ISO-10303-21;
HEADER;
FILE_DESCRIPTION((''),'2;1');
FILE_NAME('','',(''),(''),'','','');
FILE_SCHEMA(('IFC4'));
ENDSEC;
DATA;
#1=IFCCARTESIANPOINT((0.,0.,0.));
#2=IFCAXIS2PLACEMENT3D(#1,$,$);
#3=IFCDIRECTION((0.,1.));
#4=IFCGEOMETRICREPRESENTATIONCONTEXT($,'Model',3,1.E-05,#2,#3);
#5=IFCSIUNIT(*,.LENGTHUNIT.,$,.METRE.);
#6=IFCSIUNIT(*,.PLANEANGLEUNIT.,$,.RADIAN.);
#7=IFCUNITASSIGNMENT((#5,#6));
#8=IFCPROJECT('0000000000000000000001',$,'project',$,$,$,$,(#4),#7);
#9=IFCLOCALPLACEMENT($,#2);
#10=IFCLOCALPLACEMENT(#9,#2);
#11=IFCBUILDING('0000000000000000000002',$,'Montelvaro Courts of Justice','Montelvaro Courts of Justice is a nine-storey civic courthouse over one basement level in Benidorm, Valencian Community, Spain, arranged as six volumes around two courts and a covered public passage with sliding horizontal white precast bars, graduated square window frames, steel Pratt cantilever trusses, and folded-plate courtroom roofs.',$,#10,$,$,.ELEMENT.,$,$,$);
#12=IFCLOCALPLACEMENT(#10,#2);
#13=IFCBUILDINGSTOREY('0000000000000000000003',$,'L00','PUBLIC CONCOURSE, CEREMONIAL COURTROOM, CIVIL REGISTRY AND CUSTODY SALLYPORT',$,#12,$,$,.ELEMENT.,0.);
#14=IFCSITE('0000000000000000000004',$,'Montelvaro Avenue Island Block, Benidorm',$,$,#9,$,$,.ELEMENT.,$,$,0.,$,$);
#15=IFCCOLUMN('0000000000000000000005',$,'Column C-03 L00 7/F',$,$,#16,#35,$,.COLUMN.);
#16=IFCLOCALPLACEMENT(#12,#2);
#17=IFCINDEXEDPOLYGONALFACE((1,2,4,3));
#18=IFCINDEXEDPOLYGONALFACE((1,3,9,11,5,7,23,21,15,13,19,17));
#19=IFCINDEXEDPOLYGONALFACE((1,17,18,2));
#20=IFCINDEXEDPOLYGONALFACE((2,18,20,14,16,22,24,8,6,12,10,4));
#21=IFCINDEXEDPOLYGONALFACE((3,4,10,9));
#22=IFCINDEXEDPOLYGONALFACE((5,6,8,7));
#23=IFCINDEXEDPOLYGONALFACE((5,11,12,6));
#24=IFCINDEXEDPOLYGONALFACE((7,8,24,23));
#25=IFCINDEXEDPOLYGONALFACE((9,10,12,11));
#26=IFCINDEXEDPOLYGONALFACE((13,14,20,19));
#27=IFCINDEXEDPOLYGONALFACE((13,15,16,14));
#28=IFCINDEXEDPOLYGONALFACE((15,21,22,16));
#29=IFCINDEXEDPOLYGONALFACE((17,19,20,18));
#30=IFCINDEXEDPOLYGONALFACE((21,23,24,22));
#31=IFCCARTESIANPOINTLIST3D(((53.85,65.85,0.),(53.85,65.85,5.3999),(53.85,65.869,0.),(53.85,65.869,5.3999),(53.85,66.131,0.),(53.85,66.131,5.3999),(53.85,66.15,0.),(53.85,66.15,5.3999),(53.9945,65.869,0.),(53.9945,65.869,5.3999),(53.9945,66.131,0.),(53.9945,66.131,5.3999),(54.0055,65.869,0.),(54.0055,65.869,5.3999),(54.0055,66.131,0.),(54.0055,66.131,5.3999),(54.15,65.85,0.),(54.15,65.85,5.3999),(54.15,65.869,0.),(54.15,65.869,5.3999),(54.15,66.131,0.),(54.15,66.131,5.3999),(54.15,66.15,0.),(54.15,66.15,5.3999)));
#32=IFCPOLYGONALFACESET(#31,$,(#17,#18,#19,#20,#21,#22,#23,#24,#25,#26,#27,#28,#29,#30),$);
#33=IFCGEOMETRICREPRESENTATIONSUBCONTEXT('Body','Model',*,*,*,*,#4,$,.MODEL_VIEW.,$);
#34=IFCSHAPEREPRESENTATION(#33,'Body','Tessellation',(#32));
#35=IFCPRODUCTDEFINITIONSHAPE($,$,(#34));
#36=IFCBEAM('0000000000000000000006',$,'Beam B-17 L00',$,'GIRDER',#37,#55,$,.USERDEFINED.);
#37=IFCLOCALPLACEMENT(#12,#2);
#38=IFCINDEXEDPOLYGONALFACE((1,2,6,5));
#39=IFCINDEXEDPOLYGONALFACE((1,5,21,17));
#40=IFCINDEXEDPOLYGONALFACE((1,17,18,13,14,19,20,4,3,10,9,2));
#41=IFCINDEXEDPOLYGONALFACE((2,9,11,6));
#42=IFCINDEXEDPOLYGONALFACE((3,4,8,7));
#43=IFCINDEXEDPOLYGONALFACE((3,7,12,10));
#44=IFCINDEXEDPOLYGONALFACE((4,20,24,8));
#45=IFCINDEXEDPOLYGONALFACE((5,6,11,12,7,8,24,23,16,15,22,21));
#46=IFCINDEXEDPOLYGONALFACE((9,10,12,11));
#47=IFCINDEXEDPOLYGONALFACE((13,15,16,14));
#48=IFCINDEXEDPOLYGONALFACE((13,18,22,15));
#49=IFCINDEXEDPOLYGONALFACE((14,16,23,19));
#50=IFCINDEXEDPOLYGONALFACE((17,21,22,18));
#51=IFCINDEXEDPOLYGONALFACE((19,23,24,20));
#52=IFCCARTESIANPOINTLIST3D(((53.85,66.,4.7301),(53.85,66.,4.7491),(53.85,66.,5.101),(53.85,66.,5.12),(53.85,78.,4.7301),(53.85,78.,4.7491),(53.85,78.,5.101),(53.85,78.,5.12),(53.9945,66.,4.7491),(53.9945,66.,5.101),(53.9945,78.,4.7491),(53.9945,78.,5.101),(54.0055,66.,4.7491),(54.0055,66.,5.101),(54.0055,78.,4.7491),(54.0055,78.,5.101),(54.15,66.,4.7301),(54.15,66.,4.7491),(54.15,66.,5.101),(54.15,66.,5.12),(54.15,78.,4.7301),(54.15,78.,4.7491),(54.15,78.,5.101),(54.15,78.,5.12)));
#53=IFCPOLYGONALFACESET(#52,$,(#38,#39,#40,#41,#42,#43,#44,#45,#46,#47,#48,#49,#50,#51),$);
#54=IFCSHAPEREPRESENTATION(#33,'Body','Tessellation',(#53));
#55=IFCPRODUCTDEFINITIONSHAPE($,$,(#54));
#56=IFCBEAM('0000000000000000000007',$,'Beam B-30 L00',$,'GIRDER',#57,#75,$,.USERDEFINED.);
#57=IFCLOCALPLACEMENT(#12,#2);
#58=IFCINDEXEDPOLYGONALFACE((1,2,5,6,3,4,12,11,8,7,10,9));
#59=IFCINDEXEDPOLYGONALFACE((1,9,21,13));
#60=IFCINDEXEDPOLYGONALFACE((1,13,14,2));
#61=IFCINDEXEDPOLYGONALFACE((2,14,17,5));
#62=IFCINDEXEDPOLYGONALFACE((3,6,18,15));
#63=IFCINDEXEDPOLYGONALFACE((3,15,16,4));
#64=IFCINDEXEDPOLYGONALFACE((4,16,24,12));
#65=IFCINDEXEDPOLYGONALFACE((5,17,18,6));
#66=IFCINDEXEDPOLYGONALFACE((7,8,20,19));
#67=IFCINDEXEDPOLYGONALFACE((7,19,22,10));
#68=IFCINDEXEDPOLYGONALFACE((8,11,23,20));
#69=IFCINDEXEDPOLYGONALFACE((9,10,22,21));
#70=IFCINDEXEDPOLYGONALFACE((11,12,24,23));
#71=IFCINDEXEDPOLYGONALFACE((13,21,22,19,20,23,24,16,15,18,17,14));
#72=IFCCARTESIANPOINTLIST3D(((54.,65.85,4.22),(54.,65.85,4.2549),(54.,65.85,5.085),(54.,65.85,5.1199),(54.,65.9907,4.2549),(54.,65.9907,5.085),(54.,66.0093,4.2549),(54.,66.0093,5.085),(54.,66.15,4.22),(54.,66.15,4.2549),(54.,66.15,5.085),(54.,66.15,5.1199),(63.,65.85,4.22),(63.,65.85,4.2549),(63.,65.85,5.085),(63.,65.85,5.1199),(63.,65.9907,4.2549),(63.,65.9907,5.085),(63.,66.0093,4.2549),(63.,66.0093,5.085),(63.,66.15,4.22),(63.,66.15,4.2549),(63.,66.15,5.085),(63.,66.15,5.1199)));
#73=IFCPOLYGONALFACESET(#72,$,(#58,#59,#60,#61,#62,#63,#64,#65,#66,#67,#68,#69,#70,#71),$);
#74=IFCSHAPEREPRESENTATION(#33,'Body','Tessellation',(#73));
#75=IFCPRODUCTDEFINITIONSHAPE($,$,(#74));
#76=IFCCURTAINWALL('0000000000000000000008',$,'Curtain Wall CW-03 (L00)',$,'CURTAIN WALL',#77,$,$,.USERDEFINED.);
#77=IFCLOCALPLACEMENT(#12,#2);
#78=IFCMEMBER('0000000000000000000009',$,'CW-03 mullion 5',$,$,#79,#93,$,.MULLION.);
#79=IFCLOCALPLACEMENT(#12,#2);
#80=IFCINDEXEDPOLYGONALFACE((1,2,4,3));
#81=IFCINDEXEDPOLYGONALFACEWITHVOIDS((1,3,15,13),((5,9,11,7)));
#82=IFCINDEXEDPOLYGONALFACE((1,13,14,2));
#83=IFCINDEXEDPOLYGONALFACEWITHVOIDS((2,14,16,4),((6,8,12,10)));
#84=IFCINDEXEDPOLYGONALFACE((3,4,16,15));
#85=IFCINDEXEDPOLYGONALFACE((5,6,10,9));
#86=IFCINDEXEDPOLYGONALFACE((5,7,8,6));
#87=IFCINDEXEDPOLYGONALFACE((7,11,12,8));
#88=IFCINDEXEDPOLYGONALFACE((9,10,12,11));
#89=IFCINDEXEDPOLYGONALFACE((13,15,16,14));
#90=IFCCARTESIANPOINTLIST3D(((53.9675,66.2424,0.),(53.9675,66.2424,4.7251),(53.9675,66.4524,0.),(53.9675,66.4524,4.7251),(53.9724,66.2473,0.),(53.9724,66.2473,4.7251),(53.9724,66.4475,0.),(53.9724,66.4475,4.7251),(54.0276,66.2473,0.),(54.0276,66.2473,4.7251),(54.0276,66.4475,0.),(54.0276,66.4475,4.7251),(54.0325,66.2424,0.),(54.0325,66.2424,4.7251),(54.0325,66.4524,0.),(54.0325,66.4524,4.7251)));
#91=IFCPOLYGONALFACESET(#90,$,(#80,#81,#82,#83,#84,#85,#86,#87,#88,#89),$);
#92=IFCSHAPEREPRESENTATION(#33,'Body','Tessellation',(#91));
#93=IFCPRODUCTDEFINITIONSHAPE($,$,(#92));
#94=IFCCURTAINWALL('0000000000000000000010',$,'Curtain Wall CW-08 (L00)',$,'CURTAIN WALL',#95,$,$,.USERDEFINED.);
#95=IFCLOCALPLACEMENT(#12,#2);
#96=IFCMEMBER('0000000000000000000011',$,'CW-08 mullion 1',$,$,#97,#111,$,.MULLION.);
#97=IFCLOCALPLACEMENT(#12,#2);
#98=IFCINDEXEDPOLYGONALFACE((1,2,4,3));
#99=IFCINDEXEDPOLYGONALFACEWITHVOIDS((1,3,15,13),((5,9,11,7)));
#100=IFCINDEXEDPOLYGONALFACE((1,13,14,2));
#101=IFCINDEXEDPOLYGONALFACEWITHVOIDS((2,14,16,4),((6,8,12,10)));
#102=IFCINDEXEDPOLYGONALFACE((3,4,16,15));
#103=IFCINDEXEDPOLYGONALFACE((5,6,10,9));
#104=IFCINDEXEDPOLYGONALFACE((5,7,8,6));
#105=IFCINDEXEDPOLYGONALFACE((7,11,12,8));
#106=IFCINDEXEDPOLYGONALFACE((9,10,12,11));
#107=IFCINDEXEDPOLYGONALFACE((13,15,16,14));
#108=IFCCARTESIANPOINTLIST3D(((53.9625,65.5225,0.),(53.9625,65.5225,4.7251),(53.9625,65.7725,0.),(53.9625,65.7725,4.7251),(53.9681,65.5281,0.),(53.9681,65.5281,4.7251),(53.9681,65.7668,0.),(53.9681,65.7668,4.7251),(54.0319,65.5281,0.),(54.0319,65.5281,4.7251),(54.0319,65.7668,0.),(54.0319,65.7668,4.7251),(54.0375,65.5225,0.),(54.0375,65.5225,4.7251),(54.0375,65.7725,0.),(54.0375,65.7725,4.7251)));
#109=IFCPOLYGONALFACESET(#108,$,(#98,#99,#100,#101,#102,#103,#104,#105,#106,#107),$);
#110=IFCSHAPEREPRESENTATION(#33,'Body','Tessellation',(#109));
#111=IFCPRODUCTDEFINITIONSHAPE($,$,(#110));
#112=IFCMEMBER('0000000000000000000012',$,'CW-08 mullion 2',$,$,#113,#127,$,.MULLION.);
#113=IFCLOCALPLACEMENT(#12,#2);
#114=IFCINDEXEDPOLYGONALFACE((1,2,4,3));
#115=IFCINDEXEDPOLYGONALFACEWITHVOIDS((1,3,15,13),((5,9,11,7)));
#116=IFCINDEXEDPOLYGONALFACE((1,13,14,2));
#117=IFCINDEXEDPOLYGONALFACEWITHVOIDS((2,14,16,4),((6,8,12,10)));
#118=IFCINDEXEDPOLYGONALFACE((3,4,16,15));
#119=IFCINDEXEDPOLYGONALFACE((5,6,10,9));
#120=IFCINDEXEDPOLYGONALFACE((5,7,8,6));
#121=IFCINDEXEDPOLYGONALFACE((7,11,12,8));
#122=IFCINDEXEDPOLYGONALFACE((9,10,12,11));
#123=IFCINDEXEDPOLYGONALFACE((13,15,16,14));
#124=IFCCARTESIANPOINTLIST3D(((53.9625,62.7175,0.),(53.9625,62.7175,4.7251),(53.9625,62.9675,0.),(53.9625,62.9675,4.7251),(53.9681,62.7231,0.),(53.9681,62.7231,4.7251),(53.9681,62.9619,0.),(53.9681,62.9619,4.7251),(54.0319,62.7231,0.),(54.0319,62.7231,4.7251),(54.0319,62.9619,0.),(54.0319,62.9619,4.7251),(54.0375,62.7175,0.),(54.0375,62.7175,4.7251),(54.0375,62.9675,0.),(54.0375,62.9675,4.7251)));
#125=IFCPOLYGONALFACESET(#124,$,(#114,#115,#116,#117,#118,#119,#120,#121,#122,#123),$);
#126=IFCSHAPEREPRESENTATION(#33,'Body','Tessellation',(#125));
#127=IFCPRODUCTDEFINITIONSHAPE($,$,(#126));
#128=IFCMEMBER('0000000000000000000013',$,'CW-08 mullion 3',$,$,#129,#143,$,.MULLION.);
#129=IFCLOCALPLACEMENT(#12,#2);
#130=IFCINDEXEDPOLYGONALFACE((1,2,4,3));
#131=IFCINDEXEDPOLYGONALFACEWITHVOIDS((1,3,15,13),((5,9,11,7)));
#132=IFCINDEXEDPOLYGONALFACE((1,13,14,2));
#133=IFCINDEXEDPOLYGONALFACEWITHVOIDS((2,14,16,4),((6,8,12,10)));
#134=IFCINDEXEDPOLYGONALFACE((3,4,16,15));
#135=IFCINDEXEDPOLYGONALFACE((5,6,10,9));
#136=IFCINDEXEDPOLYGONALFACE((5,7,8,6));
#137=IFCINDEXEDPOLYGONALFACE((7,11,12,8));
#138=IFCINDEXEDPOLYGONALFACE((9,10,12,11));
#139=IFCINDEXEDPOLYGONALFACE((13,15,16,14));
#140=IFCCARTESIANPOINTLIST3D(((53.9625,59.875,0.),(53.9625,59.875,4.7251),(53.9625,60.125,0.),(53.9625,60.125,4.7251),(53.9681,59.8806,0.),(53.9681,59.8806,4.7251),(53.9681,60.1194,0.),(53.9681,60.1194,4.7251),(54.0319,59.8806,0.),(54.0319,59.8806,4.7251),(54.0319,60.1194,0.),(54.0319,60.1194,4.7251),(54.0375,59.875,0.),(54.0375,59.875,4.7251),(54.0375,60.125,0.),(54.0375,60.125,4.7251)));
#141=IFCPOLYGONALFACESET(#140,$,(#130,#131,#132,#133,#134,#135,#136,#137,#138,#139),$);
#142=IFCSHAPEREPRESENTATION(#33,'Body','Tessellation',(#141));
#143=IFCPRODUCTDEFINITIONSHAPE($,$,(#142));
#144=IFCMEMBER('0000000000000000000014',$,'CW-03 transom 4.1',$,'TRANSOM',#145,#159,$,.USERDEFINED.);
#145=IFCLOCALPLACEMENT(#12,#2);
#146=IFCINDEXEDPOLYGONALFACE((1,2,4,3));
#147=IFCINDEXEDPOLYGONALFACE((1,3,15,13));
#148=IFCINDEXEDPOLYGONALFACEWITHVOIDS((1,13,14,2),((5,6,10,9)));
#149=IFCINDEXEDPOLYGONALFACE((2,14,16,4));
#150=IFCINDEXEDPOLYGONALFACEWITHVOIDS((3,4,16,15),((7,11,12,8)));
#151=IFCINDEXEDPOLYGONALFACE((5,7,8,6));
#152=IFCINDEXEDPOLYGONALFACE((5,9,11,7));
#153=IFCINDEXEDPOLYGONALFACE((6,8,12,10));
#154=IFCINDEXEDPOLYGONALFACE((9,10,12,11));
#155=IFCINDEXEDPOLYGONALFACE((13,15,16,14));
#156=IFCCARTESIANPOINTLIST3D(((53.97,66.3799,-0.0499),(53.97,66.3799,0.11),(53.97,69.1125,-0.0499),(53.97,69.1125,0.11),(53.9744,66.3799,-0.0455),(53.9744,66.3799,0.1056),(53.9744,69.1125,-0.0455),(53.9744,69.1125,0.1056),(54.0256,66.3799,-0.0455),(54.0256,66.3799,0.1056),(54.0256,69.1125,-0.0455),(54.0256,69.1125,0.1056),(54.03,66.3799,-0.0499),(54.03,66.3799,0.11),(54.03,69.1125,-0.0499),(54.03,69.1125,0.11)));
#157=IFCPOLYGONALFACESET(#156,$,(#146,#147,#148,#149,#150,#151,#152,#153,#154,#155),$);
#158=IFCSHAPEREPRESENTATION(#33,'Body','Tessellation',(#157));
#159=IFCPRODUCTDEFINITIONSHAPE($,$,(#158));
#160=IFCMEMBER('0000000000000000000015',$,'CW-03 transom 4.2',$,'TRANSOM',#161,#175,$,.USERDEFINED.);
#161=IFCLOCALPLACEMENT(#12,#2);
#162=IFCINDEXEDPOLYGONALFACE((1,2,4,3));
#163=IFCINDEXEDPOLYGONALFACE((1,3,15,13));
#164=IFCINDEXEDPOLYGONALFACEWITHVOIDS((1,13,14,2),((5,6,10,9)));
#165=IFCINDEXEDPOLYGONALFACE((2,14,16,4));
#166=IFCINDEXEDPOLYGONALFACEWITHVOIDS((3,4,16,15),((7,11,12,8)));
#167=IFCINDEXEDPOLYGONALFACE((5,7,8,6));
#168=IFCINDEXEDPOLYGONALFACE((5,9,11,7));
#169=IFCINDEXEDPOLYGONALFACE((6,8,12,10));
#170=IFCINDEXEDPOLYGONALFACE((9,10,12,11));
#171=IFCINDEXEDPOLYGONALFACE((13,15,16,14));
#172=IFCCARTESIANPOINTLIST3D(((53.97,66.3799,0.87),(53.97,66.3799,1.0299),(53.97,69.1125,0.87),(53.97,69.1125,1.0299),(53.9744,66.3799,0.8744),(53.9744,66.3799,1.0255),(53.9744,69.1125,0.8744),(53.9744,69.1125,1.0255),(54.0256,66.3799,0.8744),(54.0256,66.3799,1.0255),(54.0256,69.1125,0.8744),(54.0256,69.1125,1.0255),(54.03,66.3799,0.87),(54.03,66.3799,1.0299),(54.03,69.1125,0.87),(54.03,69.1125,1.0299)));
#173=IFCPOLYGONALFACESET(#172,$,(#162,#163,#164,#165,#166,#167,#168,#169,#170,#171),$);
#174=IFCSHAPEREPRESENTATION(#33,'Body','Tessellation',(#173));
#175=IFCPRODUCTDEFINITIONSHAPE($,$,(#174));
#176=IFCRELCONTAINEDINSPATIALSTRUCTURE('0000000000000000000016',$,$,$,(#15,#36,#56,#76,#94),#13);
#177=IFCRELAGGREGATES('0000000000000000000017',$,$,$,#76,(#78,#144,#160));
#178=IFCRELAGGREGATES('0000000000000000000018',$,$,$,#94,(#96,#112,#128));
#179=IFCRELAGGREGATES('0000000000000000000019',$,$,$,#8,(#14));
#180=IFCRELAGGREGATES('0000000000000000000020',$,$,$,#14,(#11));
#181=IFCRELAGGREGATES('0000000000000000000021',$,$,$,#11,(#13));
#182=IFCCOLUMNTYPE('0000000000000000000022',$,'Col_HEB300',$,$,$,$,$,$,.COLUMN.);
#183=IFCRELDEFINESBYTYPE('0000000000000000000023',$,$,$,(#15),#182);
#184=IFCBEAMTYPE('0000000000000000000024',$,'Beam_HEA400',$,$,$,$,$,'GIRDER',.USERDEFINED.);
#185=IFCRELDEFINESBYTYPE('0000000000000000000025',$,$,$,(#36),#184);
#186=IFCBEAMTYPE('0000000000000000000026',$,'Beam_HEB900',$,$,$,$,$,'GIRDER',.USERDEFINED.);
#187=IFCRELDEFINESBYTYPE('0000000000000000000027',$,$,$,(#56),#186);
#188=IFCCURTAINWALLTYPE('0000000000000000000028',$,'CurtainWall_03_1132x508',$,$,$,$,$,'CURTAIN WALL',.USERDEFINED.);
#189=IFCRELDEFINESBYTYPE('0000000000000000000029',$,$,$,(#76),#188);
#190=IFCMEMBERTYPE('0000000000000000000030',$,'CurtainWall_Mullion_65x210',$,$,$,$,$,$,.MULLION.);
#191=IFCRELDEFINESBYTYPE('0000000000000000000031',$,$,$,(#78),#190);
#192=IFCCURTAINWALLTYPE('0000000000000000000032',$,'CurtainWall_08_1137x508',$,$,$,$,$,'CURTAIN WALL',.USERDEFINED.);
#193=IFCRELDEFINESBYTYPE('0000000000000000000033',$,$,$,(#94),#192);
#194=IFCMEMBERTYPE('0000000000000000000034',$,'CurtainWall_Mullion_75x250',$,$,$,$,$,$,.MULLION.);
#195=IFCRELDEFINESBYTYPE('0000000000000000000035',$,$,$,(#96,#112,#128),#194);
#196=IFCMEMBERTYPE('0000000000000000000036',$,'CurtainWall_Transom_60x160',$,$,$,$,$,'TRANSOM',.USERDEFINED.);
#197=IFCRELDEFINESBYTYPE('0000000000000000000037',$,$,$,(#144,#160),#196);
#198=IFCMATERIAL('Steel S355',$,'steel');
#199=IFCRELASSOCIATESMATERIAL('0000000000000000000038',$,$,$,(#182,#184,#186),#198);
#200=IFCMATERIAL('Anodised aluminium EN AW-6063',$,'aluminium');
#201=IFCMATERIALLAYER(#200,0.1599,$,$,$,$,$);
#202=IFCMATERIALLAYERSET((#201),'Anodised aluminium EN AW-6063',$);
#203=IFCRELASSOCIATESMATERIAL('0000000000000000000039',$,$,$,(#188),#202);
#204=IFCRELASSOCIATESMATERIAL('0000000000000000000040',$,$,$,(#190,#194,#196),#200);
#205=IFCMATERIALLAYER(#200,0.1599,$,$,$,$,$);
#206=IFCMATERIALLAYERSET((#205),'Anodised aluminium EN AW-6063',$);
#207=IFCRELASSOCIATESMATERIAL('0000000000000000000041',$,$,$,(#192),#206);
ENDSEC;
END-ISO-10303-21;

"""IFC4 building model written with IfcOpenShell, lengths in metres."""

from ifc_helpers import new_model, si_unit, direction, frame, origin, origin_2d, place, context, subcontext, project, spatial, hollow_rectangle, i_section, extrude, material, layer, layer_set, material_profile, profile_set, type_object, element, aggregate, save


model = new_model("IFC4")

# Units and contexts
model_context = context("Model", 3, precision=1e-05, world=origin(), true_north=direction((0.0, 1.0)))
body_context = subcontext(model_context, "Body", "Model", "MODEL_VIEW")
ifc_project = project(units=[si_unit("LENGTHUNIT", "METRE"), si_unit("PLANEANGLEUNIT", "RADIAN")], contexts=[model_context])

# Site, building, storey
site_placement = place(None, origin())
site = spatial("IfcSite", under=ifc_project, at=site_placement, Name="Montelvaro Avenue Island Block, Benidorm", CompositionType="ELEMENT", RefElevation=0.0)
building_placement = place(site_placement, origin())
building = spatial("IfcBuilding", under=site, at=building_placement, Name="Montelvaro Courts of Justice", Description="Montelvaro Courts of Justice is a nine-storey civic courthouse over one basement level in Benidorm, Valencian Community, Spain, arranged as six volumes around two courts and a covered public passage with sliding horizontal white precast bars, graduated square window frames, steel Pratt cantilever trusses, and folded-plate courtroom roofs.", CompositionType="ELEMENT")
storey_placement = place(building_placement, origin())
storey = spatial("IfcBuildingStorey", under=building, at=storey_placement, Name="L00", Description="PUBLIC CONCOURSE, CEREMONIAL COURTROOM, CIVIL REGISTRY AND CUSTODY SALLYPORT", CompositionType="ELEMENT", Elevation=0.0)

# Column
ifc_material_1 = material(Name="Steel S355", Category="steel")
ifc_material_profile_1 = material_profile(ifc_material_1, i_section(OverallWidth=0.3, OverallDepth=0.3, WebThickness=0.011, FlangeThickness=0.019, at=origin_2d()), Name="HEB 300")
ifc_profile_set_1 = profile_set([ifc_material_profile_1], Name="Steel S355")
column_type = type_object("IfcColumnType", Name="Col_HEB300", PredefinedType="COLUMN", material=ifc_profile_set_1)
column_placement = place(storey_placement, frame((54.0, 66.0, 0.0), z_axis=(0.0, 0.0, 1.0), x_axis=(1.0, 0.0, 0.0)))
element("IfcColumn", 1, at=column_placement, inside=storey, type_object=column_type, Name="Column C-03 L00 7/F", PredefinedType="COLUMN", context=body_context, shape_type="SweptSolid", body=[
    extrude(i_section(OverallWidth=0.3, OverallDepth=0.3, WebThickness=0.011, FlangeThickness=0.019, at=origin_2d()), origin(), (0.0, 0.0, 1.0), 5.3999),
])

# Beams
ifc_material_profile_2 = material_profile(ifc_material_1, i_section(OverallWidth=0.3, OverallDepth=0.3899, WebThickness=0.011, FlangeThickness=0.019, at=origin_2d()), Name="HEA 400")
ifc_profile_set_2 = profile_set([ifc_material_profile_2], Name="Steel S355")
beam_type_1 = type_object("IfcBeamType", Name="Beam_HEA400", ElementType="GIRDER", PredefinedType="USERDEFINED", material=ifc_profile_set_2)
beam_1_placement = place(storey_placement, frame((54.0, 66.0, 4.925), z_axis=(0.0, 1.0, 0.0), x_axis=(-1.0, 0.0, 0.0)))
element("IfcBeam", 2, at=beam_1_placement, inside=storey, type_object=beam_type_1, Name="Beam B-17 L00", ObjectType="GIRDER", PredefinedType="USERDEFINED", context=body_context, shape_type="SweptSolid", body=[
    extrude(i_section(OverallWidth=0.3, OverallDepth=0.3899, WebThickness=0.011, FlangeThickness=0.019, at=origin_2d()), origin(), (0.0, 0.0, 1.0), 12.0),
])
ifc_material_profile_3 = material_profile(ifc_material_1, i_section(OverallWidth=0.3, OverallDepth=0.8999, WebThickness=0.0186, FlangeThickness=0.0349, at=origin_2d()), Name="HEB 900")
ifc_profile_set_3 = profile_set([ifc_material_profile_3], Name="Steel S355")
beam_type_2 = type_object("IfcBeamType", Name="Beam_HEB900", ElementType="GIRDER", PredefinedType="USERDEFINED", material=ifc_profile_set_3)
beam_2_placement = place(storey_placement, frame((54.0, 66.0, 4.6699), z_axis=(1.0, 0.0, 0.0), x_axis=(0.0, 1.0, 0.0)))
element("IfcBeam", 3, at=beam_2_placement, inside=storey, type_object=beam_type_2, Name="Beam B-30 L00", ObjectType="GIRDER", PredefinedType="USERDEFINED", context=body_context, shape_type="SweptSolid", body=[
    extrude(i_section(OverallWidth=0.3, OverallDepth=0.8999, WebThickness=0.0186, FlangeThickness=0.0349, at=origin_2d()), origin(), (0.0, 0.0, 1.0), 9.0),
])

# Curtain wall, member
ifc_material_2 = material(Name="Anodised aluminium EN AW-6063", Category="aluminium")
ifc_layer_1 = layer(ifc_material_2, 0.1599)
ifc_layer_set_1 = layer_set([ifc_layer_1], Name="Anodised aluminium EN AW-6063")
curtain_wall_type_1 = type_object("IfcCurtainWallType", Name="CurtainWall_03_1132x508", ElementType="CURTAIN WALL", PredefinedType="USERDEFINED", material=ifc_layer_set_1)
curtain_wall_1_placement = place(storey_placement, origin())
curtain_wall_1 = element("IfcCurtainWall", 4, at=curtain_wall_1_placement, inside=storey, type_object=curtain_wall_type_1, Name="Curtain Wall CW-03 (L00)", ObjectType="CURTAIN WALL", PredefinedType="USERDEFINED")
ifc_material_profile_4 = material_profile(ifc_material_2, hollow_rectangle(XDim=0.0649, YDim=0.21, WallThickness=0.0049, at=origin_2d()), Name="ALU-M 65x210")
ifc_profile_set_4 = profile_set([ifc_material_profile_4], Name="Anodised aluminium EN AW-6063")
member_type_1 = type_object("IfcMemberType", Name="CurtainWall_Mullion_65x210", PredefinedType="MULLION", material=ifc_profile_set_4)
member_1_placement = place(storey_placement, frame((54.0, 66.3474, 0.0), z_axis=(0.0, 0.0, 1.0), x_axis=(1.0, 0.0, 0.0)))
member_1 = element("IfcMember", 5, at=member_1_placement, type_object=member_type_1, Name="CW-03 mullion 5", PredefinedType="MULLION", context=body_context, shape_type="SweptSolid", body=[
    extrude(hollow_rectangle(XDim=0.0649, YDim=0.21, WallThickness=0.0049, at=origin_2d()), origin(), (0.0, 0.0, 1.0), 4.7251),
])

# Curtain wall, members
ifc_layer_2 = layer(ifc_material_2, 0.1599)
ifc_layer_set_2 = layer_set([ifc_layer_2], Name="Anodised aluminium EN AW-6063")
curtain_wall_type_2 = type_object("IfcCurtainWallType", Name="CurtainWall_08_1137x508", ElementType="CURTAIN WALL", PredefinedType="USERDEFINED", material=ifc_layer_set_2)
curtain_wall_2_placement = place(storey_placement, origin())
curtain_wall_2 = element("IfcCurtainWall", 6, at=curtain_wall_2_placement, inside=storey, type_object=curtain_wall_type_2, Name="Curtain Wall CW-08 (L00)", ObjectType="CURTAIN WALL", PredefinedType="USERDEFINED")
ifc_material_profile_5 = material_profile(ifc_material_2, hollow_rectangle(XDim=0.075, YDim=0.25, WallThickness=0.0056, at=origin_2d()), Name="ALU-M 75x250")
ifc_profile_set_5 = profile_set([ifc_material_profile_5], Name="Anodised aluminium EN AW-6063")
member_type_2 = type_object("IfcMemberType", Name="CurtainWall_Mullion_75x250", PredefinedType="MULLION", material=ifc_profile_set_5)
member_2_placement = place(storey_placement, frame((54.0, 65.6475, 0.0), z_axis=(0.0, 0.0, 1.0), x_axis=(1.0, 0.0, 0.0)))
member_2 = element("IfcMember", 7, at=member_2_placement, type_object=member_type_2, Name="CW-08 mullion 1", PredefinedType="MULLION", context=body_context, shape_type="SweptSolid", body=[
    extrude(hollow_rectangle(XDim=0.075, YDim=0.25, WallThickness=0.0056, at=origin_2d()), origin(), (0.0, 0.0, 1.0), 4.7251),
])
member_3_placement = place(storey_placement, frame((54.0, 62.8425, 0.0), z_axis=(0.0, 0.0, 1.0), x_axis=(1.0, 0.0, 0.0)))
member_3 = element("IfcMember", 8, at=member_3_placement, type_object=member_type_2, Name="CW-08 mullion 2", PredefinedType="MULLION", context=body_context, shape_type="SweptSolid", body=[
    extrude(hollow_rectangle(XDim=0.075, YDim=0.25, WallThickness=0.0056, at=origin_2d()), origin(), (0.0, 0.0, 1.0), 4.7251),
])
member_4_placement = place(storey_placement, frame((54.0, 60.0, 0.0), z_axis=(0.0, 0.0, 1.0), x_axis=(1.0, 0.0, 0.0)))
member_4 = element("IfcMember", 9, at=member_4_placement, type_object=member_type_2, Name="CW-08 mullion 3", PredefinedType="MULLION", context=body_context, shape_type="SweptSolid", body=[
    extrude(hollow_rectangle(XDim=0.075, YDim=0.25, WallThickness=0.0056, at=origin_2d()), origin(), (0.0, 0.0, 1.0), 4.7251),
])

# Members
ifc_material_profile_6 = material_profile(ifc_material_2, hollow_rectangle(XDim=0.0601, YDim=0.1599, WallThickness=0.0044, at=origin_2d()), Name="ALU-T 60x160")
ifc_profile_set_6 = profile_set([ifc_material_profile_6], Name="Anodised aluminium EN AW-6063")
member_type_3 = type_object("IfcMemberType", Name="CurtainWall_Transom_60x160", ElementType="TRANSOM", PredefinedType="USERDEFINED", material=ifc_profile_set_6)
member_5_placement = place(storey_placement, frame((54.0, 69.1125, 0.03), z_axis=(0.0, -1.0, 0.0), x_axis=(1.0, 0.0, 0.0)))
member_5 = element("IfcMember", 10, at=member_5_placement, type_object=member_type_3, Name="CW-03 transom 4.1", ObjectType="TRANSOM", PredefinedType="USERDEFINED", context=body_context, shape_type="SweptSolid", body=[
    extrude(hollow_rectangle(XDim=0.0601, YDim=0.1599, WallThickness=0.0044, at=origin_2d()), origin(), (0.0, 0.0, 1.0), 2.7327),
])
member_6_placement = place(storey_placement, frame((54.0, 69.1125, 0.95), z_axis=(0.0, -1.0, 0.0), x_axis=(1.0, 0.0, 0.0)))
member_6 = element("IfcMember", 11, at=member_6_placement, type_object=member_type_3, Name="CW-03 transom 4.2", ObjectType="TRANSOM", PredefinedType="USERDEFINED", context=body_context, shape_type="SweptSolid", body=[
    extrude(hollow_rectangle(XDim=0.0601, YDim=0.1599, WallThickness=0.0044, at=origin_2d()), origin(), (0.0, 0.0, 1.0), 2.7327),
])

aggregate(curtain_wall_1, [member_1, member_5, member_6])
aggregate(curtain_wall_2, [member_2, member_3, member_4])

save(model, "model.ifc")
